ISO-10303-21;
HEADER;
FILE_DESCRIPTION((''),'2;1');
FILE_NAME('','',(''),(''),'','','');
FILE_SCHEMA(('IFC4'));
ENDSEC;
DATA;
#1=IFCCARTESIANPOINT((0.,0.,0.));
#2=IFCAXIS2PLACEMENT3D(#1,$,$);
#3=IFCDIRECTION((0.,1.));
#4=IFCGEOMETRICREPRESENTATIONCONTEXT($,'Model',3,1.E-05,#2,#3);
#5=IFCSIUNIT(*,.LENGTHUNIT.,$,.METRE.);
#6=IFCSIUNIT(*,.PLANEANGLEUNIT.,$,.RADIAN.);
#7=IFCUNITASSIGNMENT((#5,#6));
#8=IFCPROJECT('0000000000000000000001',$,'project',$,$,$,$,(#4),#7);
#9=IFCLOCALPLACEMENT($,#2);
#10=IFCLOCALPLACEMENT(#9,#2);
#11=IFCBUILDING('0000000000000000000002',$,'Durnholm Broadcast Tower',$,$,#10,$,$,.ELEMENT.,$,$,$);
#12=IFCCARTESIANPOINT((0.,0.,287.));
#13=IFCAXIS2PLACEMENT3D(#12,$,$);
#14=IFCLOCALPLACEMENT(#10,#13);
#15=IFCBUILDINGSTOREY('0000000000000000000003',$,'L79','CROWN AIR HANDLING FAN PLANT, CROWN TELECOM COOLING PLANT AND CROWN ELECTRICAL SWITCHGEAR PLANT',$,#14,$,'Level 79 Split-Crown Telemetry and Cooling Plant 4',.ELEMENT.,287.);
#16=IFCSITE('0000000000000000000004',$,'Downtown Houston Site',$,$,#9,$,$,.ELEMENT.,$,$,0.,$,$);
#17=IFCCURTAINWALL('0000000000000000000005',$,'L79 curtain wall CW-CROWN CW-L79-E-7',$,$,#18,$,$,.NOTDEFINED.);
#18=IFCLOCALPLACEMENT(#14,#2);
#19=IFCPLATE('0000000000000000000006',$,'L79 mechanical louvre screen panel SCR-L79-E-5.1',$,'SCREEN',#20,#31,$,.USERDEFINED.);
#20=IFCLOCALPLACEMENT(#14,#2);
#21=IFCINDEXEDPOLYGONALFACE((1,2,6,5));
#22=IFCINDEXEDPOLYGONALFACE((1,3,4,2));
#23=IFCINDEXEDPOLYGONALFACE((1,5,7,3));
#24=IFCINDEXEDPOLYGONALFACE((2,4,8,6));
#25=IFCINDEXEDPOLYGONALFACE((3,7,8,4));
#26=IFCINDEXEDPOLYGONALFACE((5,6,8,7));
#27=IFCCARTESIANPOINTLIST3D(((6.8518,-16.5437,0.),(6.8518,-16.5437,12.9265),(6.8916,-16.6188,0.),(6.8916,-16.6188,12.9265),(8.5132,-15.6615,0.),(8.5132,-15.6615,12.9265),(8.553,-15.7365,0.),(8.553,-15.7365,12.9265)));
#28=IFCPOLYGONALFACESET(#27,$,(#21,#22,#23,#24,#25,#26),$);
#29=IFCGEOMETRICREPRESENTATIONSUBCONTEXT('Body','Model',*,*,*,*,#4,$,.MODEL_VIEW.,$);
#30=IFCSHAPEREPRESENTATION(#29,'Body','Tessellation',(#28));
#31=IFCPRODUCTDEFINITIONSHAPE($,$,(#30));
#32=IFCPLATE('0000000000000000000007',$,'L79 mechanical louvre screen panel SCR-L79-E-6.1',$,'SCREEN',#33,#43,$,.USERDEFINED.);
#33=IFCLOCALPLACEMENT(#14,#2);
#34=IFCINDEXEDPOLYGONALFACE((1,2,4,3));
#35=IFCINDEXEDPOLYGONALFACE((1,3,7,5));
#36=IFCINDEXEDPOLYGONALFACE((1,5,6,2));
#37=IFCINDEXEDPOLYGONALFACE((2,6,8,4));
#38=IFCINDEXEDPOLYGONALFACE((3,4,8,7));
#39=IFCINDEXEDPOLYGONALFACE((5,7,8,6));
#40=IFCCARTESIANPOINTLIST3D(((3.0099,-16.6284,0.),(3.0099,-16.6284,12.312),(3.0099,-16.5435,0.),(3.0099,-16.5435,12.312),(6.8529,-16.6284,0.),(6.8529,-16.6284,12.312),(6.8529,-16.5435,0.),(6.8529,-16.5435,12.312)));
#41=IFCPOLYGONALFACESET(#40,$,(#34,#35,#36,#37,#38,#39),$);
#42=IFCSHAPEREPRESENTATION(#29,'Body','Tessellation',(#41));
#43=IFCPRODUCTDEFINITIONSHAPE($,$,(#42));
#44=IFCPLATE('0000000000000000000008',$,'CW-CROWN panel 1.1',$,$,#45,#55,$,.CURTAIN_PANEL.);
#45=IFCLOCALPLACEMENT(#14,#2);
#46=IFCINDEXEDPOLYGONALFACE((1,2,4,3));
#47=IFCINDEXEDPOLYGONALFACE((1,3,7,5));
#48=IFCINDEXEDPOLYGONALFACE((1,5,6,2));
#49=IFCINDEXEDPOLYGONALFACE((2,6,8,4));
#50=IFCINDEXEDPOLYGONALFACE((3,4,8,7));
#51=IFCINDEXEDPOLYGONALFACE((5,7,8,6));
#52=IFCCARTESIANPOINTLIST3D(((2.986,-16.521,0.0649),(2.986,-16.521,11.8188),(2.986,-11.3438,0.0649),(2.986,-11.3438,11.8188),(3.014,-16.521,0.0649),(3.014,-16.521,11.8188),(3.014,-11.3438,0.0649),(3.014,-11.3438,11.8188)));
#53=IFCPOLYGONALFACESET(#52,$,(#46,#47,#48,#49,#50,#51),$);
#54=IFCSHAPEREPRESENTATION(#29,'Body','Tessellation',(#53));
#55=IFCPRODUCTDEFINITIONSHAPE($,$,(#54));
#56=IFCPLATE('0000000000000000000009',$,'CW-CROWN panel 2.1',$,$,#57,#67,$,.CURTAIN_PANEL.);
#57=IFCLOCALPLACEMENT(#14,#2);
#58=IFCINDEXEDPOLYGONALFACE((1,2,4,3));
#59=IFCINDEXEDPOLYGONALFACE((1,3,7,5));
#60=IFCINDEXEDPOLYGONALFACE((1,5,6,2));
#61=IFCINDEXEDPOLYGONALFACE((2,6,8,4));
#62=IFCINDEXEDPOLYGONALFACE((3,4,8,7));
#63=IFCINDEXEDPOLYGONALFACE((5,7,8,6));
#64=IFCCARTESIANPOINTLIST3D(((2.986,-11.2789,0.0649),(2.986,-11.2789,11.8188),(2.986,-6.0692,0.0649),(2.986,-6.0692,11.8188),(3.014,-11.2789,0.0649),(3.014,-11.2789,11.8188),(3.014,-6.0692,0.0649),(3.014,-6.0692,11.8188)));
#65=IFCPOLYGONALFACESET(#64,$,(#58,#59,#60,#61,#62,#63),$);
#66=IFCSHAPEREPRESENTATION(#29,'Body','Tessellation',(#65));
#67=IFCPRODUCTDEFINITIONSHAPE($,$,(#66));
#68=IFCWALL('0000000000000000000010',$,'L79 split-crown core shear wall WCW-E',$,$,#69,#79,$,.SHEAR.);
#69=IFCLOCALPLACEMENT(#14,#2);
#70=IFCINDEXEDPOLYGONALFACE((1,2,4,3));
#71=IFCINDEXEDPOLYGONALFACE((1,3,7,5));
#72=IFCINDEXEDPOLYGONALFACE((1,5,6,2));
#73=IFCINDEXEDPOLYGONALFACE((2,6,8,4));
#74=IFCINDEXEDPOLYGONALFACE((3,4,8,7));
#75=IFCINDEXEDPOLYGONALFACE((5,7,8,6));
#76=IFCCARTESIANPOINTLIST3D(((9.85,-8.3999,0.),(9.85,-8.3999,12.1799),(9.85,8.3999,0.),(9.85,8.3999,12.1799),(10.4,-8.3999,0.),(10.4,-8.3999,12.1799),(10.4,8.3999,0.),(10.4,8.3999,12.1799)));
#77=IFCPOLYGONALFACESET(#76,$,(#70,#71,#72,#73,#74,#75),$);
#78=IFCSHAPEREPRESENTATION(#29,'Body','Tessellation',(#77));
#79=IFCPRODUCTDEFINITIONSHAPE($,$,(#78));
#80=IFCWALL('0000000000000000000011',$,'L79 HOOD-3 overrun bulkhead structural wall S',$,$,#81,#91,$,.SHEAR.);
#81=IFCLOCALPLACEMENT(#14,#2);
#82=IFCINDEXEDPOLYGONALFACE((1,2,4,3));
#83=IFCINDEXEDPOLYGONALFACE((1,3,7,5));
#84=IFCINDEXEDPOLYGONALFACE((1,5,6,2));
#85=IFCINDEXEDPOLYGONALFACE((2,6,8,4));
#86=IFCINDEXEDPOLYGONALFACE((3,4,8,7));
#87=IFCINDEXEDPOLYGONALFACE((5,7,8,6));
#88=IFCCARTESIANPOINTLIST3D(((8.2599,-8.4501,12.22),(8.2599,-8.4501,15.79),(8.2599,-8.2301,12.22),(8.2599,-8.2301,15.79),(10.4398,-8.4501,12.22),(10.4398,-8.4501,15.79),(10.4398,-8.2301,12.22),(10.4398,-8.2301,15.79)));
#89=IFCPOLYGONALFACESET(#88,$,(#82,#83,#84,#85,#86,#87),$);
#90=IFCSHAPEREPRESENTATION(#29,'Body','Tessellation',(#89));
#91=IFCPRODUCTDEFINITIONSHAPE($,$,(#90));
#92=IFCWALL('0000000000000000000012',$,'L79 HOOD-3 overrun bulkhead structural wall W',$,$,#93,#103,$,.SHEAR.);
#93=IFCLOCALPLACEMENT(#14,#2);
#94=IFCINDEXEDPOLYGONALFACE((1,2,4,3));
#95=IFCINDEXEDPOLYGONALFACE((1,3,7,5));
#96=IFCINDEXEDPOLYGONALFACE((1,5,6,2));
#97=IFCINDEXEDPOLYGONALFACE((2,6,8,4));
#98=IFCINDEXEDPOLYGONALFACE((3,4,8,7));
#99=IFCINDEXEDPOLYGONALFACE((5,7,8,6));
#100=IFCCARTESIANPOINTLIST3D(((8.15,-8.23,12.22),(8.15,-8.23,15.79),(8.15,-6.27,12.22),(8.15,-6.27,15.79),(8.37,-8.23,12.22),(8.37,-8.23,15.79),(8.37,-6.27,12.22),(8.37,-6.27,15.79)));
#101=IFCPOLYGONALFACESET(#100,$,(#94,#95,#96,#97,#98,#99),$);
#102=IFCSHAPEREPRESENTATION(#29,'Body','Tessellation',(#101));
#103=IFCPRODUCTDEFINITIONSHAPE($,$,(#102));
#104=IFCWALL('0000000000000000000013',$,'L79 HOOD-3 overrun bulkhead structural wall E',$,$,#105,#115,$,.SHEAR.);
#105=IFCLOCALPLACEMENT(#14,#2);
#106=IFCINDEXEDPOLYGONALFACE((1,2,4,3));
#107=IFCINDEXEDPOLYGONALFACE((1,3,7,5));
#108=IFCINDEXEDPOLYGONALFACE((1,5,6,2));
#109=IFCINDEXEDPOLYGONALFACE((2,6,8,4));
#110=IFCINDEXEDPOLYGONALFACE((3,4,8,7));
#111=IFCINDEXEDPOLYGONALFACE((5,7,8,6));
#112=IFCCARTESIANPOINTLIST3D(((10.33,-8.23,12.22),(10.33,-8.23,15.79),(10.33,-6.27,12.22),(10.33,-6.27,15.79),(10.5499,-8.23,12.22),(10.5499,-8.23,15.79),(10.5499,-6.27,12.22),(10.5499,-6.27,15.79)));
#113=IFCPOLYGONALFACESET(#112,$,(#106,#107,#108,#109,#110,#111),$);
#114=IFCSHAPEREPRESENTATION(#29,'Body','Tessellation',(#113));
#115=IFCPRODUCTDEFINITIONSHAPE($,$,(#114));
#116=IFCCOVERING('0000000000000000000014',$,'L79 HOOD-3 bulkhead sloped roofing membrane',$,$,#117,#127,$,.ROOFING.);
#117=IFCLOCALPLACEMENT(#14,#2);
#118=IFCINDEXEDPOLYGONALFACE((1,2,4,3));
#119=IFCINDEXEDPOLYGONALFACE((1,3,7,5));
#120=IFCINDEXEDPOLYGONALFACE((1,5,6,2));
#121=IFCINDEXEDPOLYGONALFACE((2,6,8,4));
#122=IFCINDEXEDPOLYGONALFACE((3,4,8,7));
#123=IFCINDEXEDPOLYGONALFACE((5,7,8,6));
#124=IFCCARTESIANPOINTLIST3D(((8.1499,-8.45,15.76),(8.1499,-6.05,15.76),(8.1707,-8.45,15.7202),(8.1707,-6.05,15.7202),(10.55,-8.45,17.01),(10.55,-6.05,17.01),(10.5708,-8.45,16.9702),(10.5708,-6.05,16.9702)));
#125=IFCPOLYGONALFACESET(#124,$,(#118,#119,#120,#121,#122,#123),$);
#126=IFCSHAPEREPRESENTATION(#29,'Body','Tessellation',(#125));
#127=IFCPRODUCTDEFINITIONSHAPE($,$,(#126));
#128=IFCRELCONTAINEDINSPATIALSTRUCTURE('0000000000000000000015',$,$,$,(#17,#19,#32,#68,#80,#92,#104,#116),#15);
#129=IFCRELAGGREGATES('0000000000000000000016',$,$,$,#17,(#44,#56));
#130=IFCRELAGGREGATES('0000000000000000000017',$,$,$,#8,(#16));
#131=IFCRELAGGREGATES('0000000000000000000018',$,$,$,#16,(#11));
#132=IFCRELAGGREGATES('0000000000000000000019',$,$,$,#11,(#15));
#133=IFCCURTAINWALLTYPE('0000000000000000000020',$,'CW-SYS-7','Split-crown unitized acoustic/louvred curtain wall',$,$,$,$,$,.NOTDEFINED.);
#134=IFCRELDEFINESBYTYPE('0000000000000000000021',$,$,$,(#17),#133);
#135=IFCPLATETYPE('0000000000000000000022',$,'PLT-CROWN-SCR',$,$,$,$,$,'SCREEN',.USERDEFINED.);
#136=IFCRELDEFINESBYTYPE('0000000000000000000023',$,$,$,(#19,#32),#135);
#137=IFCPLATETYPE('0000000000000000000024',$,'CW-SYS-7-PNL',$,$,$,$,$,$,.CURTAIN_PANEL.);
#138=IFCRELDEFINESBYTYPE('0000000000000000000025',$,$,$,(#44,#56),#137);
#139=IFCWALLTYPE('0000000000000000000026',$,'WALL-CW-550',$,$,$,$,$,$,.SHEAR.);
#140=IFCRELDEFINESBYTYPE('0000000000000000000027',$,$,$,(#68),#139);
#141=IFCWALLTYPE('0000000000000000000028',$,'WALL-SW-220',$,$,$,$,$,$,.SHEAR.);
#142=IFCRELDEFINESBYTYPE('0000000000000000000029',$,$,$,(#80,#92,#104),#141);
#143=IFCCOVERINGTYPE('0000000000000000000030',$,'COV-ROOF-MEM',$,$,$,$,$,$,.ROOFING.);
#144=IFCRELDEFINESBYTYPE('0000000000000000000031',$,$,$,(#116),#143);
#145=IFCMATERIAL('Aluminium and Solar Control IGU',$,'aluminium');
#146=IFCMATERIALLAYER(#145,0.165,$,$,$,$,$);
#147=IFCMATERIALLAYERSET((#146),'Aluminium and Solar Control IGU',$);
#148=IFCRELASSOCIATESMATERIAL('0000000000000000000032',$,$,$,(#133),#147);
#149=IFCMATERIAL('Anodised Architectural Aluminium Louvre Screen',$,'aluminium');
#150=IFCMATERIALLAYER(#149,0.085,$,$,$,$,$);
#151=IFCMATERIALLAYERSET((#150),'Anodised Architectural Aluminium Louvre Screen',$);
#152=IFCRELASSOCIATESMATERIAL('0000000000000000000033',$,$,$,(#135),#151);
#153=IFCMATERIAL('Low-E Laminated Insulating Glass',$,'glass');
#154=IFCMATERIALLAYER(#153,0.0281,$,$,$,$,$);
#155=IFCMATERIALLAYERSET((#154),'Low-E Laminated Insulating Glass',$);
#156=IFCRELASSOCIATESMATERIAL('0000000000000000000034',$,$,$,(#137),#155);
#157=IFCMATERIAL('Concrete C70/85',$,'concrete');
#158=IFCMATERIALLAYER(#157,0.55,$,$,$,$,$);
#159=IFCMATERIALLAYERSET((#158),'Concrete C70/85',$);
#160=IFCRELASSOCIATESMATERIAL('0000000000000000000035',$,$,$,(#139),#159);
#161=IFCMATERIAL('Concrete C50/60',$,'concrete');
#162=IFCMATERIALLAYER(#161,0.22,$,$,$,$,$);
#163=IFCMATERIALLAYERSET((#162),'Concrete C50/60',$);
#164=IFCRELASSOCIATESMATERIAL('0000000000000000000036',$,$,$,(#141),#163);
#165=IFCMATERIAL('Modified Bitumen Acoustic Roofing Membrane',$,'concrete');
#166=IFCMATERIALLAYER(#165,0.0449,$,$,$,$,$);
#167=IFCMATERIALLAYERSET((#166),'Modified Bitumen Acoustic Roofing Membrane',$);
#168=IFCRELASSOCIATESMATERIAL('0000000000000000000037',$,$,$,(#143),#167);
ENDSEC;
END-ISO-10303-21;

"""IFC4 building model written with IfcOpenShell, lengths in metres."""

from ifc_helpers import new_model, si_unit, direction, frame, frame_2d, origin, origin_2d, place, context, subcontext, project, spatial, polyline, rectangle, outline, extrude, source, transform, mapped, material, layer, layer_set, type_object, type_shapes, element, aggregate, save


model = new_model("IFC4")

# Units and contexts
model_context = context("Model", 3, precision=1e-05, world=origin(), true_north=direction((0.0, 1.0)))
body_context = subcontext(model_context, "Body", "Model", "MODEL_VIEW")
ifc_project = project(units=[si_unit("LENGTHUNIT", "METRE"), si_unit("PLANEANGLEUNIT", "RADIAN")], contexts=[model_context])

# Site, building, storey
site_placement = place(None, origin())
site = spatial("IfcSite", under=ifc_project, at=site_placement, Name="Downtown Houston Site", CompositionType="ELEMENT", RefElevation=0.0)
building_placement = place(site_placement, origin())
building = spatial("IfcBuilding", under=site, at=building_placement, Name="Durnholm Broadcast Tower", CompositionType="ELEMENT")
storey_placement = place(building_placement, frame((0.0, 0.0, 287.0)))
storey = spatial("IfcBuildingStorey", under=building, at=storey_placement, Name="L79", Description="CROWN AIR HANDLING FAN PLANT, CROWN TELECOM COOLING PLANT AND CROWN ELECTRICAL SWITCHGEAR PLANT", LongName="Level 79 Split-Crown Telemetry and Cooling Plant 4", CompositionType="ELEMENT", Elevation=287.0)

# Curtain wall
ifc_material_1 = material(Name="Aluminium and Solar Control IGU", Category="aluminium")
ifc_layer_1 = layer(ifc_material_1, 0.165)
ifc_layer_set_1 = layer_set([ifc_layer_1], Name="Aluminium and Solar Control IGU")
curtain_wall_type = type_object("IfcCurtainWallType", Name="CW-SYS-7", Description="Split-crown unitized acoustic/louvred curtain wall", PredefinedType="NOTDEFINED", material=ifc_layer_set_1)
curtain_wall_placement = place(storey_placement, origin())
curtain_wall = element("IfcCurtainWall", 1, at=curtain_wall_placement, inside=storey, type_object=curtain_wall_type, Name="L79 curtain wall CW-CROWN CW-L79-E-7", PredefinedType="NOTDEFINED")

# Shared definitions
ifc_material_2 = material(Name="Concrete C50/60", Category="concrete")

# Plates
ifc_material_3 = material(Name="Anodised Architectural Aluminium Louvre Screen", Category="aluminium")
ifc_layer_2 = layer(ifc_material_3, 0.085)
ifc_layer_set_2 = layer_set([ifc_layer_2], Name="Anodised Architectural Aluminium Louvre Screen")
plate_type_1 = type_object("IfcPlateType", Name="PLT-CROWN-SCR", ElementType="SCREEN", PredefinedType="USERDEFINED", material=ifc_layer_set_2)
shared_shape_1 = source(origin(), body_context, "Body", "SweptSolid", [
    extrude(rectangle(XDim=1.8811, YDim=0.085, at=origin_2d()), origin(), (0.0, 0.0, 1.0), 12.9265),
])
plate_1_placement = place(storey_placement, frame((7.7024, -16.1401, 0.0), z_axis=(0.0, 0.0, 1.0), x_axis=(-0.883193, -0.469009, 0.0)))
element("IfcPlate", 2, at=plate_1_placement, inside=storey, type_object=plate_type_1, Name="L79 mechanical louvre screen panel SCR-L79-E-5.1", ObjectType="SCREEN", PredefinedType="USERDEFINED", context=body_context, shape_type="MappedRepresentation", body=[
    mapped(shared_shape_1, transform((0.0, 0.0, 0.0), x_axis=(1.0, 0.0, 0.0), y_axis=(0.0, 1.0, 0.0), z_axis=(0.0, 0.0, 1.0), scale=1.0)),
])
shared_shape_2 = source(origin(), body_context, "Body", "SweptSolid", [
    extrude(rectangle(XDim=3.843, YDim=0.085, at=origin_2d()), origin(), (0.0, 0.0, 1.0), 12.312),
])
plate_2_placement = place(storey_placement, frame((4.9314, -16.5859, 0.0), z_axis=(0.0, 0.0, 1.0), x_axis=(-1.0, 0.0, 0.0)))
element("IfcPlate", 3, at=plate_2_placement, inside=storey, type_object=plate_type_1, Name="L79 mechanical louvre screen panel SCR-L79-E-6.1", ObjectType="SCREEN", PredefinedType="USERDEFINED", context=body_context, shape_type="MappedRepresentation", body=[
    mapped(shared_shape_2, transform((0.0, 0.0, 0.0), x_axis=(1.0, 0.0, 0.0), y_axis=(0.0, 1.0, 0.0), z_axis=(0.0, 0.0, 1.0), scale=1.0)),
])

# Plates
ifc_material_4 = material(Name="Low-E Laminated Insulating Glass", Category="glass")
ifc_layer_3 = layer(ifc_material_4, 0.0281)
ifc_layer_set_3 = layer_set([ifc_layer_3], Name="Low-E Laminated Insulating Glass")
plate_type_2 = type_object("IfcPlateType", Name="CW-SYS-7-PNL", PredefinedType="CURTAIN_PANEL", material=ifc_layer_set_3)
shared_shape_3 = source(origin(), body_context, "Body", "SweptSolid", [
    extrude(rectangle(XDim=5.1772, YDim=0.0281, at=origin_2d()), origin(), (0.0, 0.0, 1.0), 11.7539),
])
plate_3_placement = place(storey_placement, frame((3.0, -13.9324, 0.0649), z_axis=(0.0, 0.0, 1.0), x_axis=(0.0, 1.0, 0.0)))
plate_3 = element("IfcPlate", 4, at=plate_3_placement, type_object=plate_type_2, Name="CW-CROWN panel 1.1", PredefinedType="CURTAIN_PANEL", context=body_context, shape_type="MappedRepresentation", body=[
    mapped(shared_shape_3, transform((0.0, 0.0, 0.0), x_axis=(1.0, 0.0, 0.0), y_axis=(0.0, 1.0, 0.0), z_axis=(0.0, 0.0, 1.0), scale=1.0)),
])
shared_shape_4 = source(origin(), body_context, "Body", "SweptSolid", [
    extrude(rectangle(XDim=5.2097, YDim=0.0281, at=origin_2d()), origin(), (0.0, 0.0, 1.0), 11.7539),
])
type_shapes(plate_type_2, [shared_shape_3, shared_shape_4])
plate_4_placement = place(storey_placement, frame((3.0, -8.6741, 0.0649), z_axis=(0.0, 0.0, 1.0), x_axis=(0.0, 1.0, 0.0)))
plate_4 = element("IfcPlate", 5, at=plate_4_placement, type_object=plate_type_2, Name="CW-CROWN panel 2.1", PredefinedType="CURTAIN_PANEL", context=body_context, shape_type="MappedRepresentation", body=[
    mapped(shared_shape_4, transform((0.0, 0.0, 0.0), x_axis=(1.0, 0.0, 0.0), y_axis=(0.0, 1.0, 0.0), z_axis=(0.0, 0.0, 1.0), scale=1.0)),
])
aggregate(curtain_wall, [plate_3, plate_4])

# Walls
ifc_material_5 = material(Name="Concrete C70/85", Category="concrete")
ifc_layer_4 = layer(ifc_material_5, 0.55)
ifc_layer_set_4 = layer_set([ifc_layer_4], Name="Concrete C70/85")
wall_type_1 = type_object("IfcWallType", Name="WALL-CW-550", PredefinedType="SHEAR", material=ifc_layer_set_4)
wall_1_placement = place(storey_placement, frame((10.125, -8.3999, 0.0), z_axis=(0.0, 0.0, 1.0), x_axis=(0.0, 1.0, 0.0)))
element("IfcWall", 6, at=wall_1_placement, inside=storey, type_object=wall_type_1, Name="L79 split-crown core shear wall WCW-E", PredefinedType="SHEAR", context=body_context, shape_type="SweptSolid", body=[
    extrude(rectangle(XDim=16.7998, YDim=0.55, at=frame_2d((8.3999, 0.0))), origin(), (0.0, 0.0, 1.0), 12.1799),
])
ifc_layer_5 = layer(ifc_material_2, 0.22)
ifc_layer_set_5 = layer_set([ifc_layer_5], Name="Concrete C50/60")
wall_type_2 = type_object("IfcWallType", Name="WALL-SW-220", PredefinedType="SHEAR", material=ifc_layer_set_5)
wall_2_placement = place(storey_placement, frame((8.26, -8.3401, 12.22), z_axis=(0.0, 0.0, 1.0), x_axis=(1.0, 0.0, 0.0)))
element("IfcWall", 7, at=wall_2_placement, inside=storey, type_object=wall_type_2, Name="L79 HOOD-3 overrun bulkhead structural wall S", PredefinedType="SHEAR", context=body_context, shape_type="SweptSolid", body=[
    extrude(rectangle(XDim=2.1799, YDim=0.22, at=frame_2d((1.0898, 0.0))), origin(), (0.0, 0.0, 1.0), 3.5701),
])
for number, where, z_axis, x_axis, name in (
    (8, (8.26, -8.23, 12.22), (0.0, 0.0, 1.0), (0.0, 1.0, 0.0), "L79 HOOD-3 overrun bulkhead structural wall W"),
    (9, (10.4399, -8.23, 12.22), (0.0, 0.0, 1.0), (0.0, 1.0, 0.0), "L79 HOOD-3 overrun bulkhead structural wall E"),
):
    element("IfcWall", number, at=place(storey_placement, frame(where, z_axis=z_axis, x_axis=x_axis)), inside=storey, type_object=wall_type_2, Name=name, PredefinedType="SHEAR", context=body_context, shape_type="SweptSolid", body=[
        extrude(rectangle(XDim=1.96, YDim=0.22, at=frame_2d((0.98, 0.0))), origin(), (0.0, 0.0, 1.0), 3.5701),
    ])

# Covering
ifc_material_6 = material(Name="Modified Bitumen Acoustic Roofing Membrane", Category="concrete")
ifc_layer_6 = layer(ifc_material_6, 0.0449)
ifc_layer_set_6 = layer_set([ifc_layer_6], Name="Modified Bitumen Acoustic Roofing Membrane")
covering_type = type_object("IfcCoveringType", Name="COV-ROOF-MEM", PredefinedType="ROOFING", material=ifc_layer_set_6)
covering_placement = place(storey_placement, frame((8.1499, -8.45, 15.76), z_axis=(-0.461912, 0.0, 0.886926), x_axis=(0.886926, 0.0, 0.461912)))
element("IfcCovering", 10, at=covering_placement, inside=storey, type_object=covering_type, Name="L79 HOOD-3 bulkhead sloped roofing membrane", PredefinedType="ROOFING", context=body_context, shape_type="SweptSolid", body=[
    extrude(outline(polyline([(0.0, 0.0), (2.7061, 0.0), (2.7061, 2.3999), (0.0, 2.3999), (0.0, 0.0)])), origin(), (0.0, 0.0, -1.0), 0.0449),
])

save(model, "model.ifc")
